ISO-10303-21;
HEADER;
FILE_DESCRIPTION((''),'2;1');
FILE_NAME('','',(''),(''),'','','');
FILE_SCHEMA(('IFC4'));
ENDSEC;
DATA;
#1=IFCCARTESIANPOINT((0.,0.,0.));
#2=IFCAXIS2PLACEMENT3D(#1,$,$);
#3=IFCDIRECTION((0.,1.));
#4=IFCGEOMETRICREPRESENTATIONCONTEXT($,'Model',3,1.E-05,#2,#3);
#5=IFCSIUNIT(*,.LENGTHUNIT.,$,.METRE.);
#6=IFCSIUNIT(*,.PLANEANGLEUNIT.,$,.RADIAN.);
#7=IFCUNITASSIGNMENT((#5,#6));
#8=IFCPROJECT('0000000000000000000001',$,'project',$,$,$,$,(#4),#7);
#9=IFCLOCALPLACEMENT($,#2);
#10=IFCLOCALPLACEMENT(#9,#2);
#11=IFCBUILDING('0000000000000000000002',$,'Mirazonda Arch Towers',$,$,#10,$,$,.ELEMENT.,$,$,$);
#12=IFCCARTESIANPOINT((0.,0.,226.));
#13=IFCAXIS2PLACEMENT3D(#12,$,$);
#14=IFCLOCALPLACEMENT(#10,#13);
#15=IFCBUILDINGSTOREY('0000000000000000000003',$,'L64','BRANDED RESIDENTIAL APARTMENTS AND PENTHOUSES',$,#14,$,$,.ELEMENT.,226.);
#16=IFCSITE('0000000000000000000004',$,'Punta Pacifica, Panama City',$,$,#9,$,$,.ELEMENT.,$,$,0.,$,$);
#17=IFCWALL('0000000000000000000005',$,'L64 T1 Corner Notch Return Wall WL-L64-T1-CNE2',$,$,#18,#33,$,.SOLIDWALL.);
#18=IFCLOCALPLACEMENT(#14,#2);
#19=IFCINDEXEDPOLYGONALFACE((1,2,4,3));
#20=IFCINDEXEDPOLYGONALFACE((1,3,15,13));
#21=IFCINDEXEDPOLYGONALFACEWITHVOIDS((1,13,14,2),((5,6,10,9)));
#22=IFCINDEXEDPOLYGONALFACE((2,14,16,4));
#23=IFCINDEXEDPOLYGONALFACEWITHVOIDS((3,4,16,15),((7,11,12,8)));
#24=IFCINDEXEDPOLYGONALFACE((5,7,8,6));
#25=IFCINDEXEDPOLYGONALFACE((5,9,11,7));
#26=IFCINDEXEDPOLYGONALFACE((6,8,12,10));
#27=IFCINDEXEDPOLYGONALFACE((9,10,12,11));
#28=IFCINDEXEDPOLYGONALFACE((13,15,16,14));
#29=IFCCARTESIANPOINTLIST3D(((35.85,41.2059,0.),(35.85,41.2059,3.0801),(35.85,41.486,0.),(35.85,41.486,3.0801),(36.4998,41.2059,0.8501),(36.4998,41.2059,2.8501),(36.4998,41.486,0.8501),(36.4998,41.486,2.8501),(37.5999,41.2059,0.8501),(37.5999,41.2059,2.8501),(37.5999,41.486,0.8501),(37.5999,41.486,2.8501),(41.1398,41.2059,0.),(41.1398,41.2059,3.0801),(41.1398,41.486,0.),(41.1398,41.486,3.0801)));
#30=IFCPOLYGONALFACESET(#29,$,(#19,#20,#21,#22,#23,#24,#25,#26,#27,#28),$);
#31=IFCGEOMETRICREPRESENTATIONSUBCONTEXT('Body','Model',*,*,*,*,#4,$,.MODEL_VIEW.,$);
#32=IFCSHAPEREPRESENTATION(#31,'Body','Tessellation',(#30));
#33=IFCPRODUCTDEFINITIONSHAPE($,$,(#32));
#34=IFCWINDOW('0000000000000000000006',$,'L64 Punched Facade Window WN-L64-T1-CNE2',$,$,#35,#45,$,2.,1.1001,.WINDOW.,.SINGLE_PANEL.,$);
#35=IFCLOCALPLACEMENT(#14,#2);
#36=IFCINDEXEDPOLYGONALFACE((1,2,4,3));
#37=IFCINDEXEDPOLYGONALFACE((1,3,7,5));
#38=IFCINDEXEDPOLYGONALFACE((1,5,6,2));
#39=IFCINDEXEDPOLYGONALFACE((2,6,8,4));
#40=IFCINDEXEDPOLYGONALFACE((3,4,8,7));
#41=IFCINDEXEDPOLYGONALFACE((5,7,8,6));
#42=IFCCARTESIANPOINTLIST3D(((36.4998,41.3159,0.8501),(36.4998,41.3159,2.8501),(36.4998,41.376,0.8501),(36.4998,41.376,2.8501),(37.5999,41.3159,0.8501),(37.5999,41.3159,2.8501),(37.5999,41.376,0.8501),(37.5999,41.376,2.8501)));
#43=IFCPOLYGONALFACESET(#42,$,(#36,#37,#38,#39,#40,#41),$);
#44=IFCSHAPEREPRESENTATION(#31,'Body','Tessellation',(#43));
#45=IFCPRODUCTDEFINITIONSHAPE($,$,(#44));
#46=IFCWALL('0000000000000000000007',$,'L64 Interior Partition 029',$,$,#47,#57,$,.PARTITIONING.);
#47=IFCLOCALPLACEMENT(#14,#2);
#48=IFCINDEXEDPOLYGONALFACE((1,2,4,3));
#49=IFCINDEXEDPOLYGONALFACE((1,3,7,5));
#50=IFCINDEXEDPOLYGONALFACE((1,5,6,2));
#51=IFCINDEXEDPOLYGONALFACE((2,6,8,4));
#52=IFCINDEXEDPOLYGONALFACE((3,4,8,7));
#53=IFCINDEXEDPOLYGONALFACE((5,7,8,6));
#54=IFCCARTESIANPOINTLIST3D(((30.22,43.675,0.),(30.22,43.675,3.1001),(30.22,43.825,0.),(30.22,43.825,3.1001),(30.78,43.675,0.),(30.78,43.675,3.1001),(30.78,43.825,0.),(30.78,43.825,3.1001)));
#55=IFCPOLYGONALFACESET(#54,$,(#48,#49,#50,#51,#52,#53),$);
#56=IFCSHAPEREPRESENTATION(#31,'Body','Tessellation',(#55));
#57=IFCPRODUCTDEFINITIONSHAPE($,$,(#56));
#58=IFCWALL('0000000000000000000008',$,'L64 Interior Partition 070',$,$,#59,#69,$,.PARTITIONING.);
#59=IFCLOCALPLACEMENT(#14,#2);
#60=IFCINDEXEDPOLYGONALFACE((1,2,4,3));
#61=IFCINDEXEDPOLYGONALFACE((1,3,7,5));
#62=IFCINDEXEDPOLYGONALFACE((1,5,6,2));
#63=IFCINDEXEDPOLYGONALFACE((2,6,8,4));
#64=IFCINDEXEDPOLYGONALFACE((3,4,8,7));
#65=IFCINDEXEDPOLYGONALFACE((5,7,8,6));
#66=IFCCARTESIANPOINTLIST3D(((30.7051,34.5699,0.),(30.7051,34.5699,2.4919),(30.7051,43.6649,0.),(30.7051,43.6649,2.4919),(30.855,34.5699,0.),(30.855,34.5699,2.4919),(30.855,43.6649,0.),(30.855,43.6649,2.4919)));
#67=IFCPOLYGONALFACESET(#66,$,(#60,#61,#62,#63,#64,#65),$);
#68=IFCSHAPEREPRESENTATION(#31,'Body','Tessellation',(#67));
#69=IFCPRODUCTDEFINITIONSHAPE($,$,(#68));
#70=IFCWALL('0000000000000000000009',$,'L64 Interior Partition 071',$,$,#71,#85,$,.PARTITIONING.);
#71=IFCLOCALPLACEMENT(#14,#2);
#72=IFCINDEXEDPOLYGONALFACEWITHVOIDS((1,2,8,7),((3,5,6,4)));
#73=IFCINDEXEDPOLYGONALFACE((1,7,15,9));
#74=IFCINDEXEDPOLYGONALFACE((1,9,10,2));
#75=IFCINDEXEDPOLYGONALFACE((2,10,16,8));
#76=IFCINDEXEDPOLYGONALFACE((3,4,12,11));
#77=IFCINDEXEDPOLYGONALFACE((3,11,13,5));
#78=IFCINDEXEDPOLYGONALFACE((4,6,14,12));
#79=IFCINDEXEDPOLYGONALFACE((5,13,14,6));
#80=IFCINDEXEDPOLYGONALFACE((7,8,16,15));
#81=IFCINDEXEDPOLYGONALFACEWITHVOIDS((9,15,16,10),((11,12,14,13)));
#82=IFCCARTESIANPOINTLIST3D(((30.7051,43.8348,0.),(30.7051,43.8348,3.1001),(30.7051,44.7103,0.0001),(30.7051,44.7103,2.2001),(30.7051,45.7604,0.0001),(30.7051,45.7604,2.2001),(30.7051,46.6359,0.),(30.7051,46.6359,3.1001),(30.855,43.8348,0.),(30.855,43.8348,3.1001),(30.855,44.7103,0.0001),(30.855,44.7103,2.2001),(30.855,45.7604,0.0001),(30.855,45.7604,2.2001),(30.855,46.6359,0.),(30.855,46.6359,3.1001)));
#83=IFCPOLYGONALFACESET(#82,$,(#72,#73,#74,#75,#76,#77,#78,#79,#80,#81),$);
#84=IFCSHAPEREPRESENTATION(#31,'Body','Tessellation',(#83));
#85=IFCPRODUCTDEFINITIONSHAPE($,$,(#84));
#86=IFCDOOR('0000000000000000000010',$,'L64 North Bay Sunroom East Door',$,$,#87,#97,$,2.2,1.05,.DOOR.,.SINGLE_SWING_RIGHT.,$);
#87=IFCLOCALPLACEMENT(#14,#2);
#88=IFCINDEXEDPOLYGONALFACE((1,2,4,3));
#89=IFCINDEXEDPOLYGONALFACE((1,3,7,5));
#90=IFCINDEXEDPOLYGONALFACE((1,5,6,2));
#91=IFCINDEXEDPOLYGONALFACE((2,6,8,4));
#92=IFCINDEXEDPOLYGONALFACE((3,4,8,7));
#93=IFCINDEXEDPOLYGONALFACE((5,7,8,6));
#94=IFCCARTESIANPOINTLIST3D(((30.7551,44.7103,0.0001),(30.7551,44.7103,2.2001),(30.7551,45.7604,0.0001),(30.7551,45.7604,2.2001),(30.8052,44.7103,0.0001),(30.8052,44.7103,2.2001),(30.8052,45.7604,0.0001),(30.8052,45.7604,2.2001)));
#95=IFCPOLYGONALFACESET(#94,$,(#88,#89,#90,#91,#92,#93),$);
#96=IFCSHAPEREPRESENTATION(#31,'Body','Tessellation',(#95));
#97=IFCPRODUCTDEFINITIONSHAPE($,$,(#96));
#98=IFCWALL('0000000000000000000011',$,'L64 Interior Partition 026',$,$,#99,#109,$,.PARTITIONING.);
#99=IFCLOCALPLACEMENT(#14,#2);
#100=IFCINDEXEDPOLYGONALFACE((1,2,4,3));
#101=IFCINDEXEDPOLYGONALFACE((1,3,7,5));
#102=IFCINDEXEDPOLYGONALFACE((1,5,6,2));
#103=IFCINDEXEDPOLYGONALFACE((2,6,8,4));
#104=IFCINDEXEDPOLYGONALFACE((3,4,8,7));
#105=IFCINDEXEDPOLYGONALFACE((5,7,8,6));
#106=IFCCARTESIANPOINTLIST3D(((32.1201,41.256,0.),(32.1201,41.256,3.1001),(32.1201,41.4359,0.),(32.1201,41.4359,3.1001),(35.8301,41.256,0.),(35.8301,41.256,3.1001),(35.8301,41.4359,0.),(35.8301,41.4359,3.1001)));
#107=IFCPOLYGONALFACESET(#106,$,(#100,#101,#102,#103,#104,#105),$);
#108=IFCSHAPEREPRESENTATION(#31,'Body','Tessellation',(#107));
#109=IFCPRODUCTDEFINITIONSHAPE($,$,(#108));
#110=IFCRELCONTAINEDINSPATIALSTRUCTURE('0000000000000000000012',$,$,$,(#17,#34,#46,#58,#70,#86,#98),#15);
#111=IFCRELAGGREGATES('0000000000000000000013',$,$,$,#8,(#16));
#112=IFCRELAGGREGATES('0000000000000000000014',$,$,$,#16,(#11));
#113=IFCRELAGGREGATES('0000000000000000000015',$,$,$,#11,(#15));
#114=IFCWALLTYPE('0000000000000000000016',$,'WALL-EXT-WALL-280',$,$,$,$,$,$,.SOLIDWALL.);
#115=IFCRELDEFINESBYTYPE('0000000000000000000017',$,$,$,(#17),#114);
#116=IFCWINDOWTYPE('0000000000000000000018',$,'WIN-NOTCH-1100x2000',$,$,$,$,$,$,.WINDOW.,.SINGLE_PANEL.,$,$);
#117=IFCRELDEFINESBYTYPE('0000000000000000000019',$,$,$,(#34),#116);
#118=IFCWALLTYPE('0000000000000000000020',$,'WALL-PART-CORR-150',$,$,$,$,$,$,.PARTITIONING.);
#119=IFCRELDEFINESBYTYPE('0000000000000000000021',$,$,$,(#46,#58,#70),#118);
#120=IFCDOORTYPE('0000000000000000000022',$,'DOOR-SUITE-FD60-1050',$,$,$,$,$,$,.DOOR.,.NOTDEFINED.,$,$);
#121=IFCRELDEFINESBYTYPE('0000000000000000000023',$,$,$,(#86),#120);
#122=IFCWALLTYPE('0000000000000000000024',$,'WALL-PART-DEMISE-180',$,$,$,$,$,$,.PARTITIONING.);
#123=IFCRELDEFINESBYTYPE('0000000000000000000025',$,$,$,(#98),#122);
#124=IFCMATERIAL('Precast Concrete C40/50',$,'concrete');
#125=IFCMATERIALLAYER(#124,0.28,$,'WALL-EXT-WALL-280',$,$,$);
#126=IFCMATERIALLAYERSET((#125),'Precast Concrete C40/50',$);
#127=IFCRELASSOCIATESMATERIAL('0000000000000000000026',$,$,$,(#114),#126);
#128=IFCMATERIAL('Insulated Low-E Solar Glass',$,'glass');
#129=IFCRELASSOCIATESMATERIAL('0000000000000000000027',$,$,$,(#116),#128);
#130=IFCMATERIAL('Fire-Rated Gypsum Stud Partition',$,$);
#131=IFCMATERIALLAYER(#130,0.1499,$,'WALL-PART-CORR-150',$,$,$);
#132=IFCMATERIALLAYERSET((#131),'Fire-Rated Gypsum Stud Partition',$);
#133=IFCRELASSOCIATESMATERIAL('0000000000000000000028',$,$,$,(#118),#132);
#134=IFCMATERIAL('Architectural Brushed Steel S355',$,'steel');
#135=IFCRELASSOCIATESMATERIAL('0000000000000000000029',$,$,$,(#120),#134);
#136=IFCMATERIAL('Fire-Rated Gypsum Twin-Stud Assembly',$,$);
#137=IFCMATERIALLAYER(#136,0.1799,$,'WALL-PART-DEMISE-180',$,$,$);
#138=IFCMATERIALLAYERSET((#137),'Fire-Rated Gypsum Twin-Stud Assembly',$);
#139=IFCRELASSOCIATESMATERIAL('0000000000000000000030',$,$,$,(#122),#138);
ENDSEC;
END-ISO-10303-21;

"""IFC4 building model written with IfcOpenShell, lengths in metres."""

from ifc_helpers import new_model, si_unit, direction, frame, frame_2d, origin, place, context, subcontext, project, spatial, rectangle, extrude, material, layer, layer_set, type_object, element, fill, save


model = new_model("IFC4")

# Units and contexts
model_context = context("Model", 3, precision=1e-05, world=origin(), true_north=direction((0.0, 1.0)))
body_context = subcontext(model_context, "Body", "Model", "MODEL_VIEW")
ifc_project = project(units=[si_unit("LENGTHUNIT", "METRE"), si_unit("PLANEANGLEUNIT", "RADIAN")], contexts=[model_context])

# Site, building, storey
site_placement = place(None, origin())
site = spatial("IfcSite", under=ifc_project, at=site_placement, Name="Punta Pacifica, Panama City", CompositionType="ELEMENT", RefElevation=0.0)
building_placement = place(site_placement, origin())
building = spatial("IfcBuilding", under=site, at=building_placement, Name="Mirazonda Arch Towers", CompositionType="ELEMENT")
storey_placement = place(building_placement, frame((0.0, 0.0, 226.0)))
storey = spatial("IfcBuildingStorey", under=building, at=storey_placement, Name="L64", Description="BRANDED RESIDENTIAL APARTMENTS AND PENTHOUSES", CompositionType="ELEMENT", Elevation=226.0)

# Shared definitions
ifc_material_1 = material(Name="Insulated Low-E Solar Glass", Category="glass")

# Wall, opening, window
ifc_material_2 = material(Name="Precast Concrete C40/50", Category="concrete")
ifc_layer_1 = layer(ifc_material_2, 0.28, Name="WALL-EXT-WALL-280")
ifc_layer_set_1 = layer_set([ifc_layer_1], Name="Precast Concrete C40/50")
wall_type_1 = type_object("IfcWallType", Name="WALL-EXT-WALL-280", PredefinedType="SOLIDWALL", material=ifc_layer_set_1)
window_type = type_object("IfcWindowType", Name="WIN-NOTCH-1100x2000", PartitioningType="SINGLE_PANEL", PredefinedType="WINDOW", material=ifc_material_1)
wall_1_placement = place(storey_placement, frame((41.1399, 41.3459, 0.0), z_axis=(0.0, 0.0, 1.0), x_axis=(-1.0, 0.0, 0.0)))
wall_1 = element("IfcWall", 1, at=wall_1_placement, inside=storey, type_object=wall_type_1, Name="L64 T1 Corner Notch Return Wall WL-L64-T1-CNE2", PredefinedType="SOLIDWALL", context=body_context, shape_type="SweptSolid", body=[
    extrude(rectangle(XDim=5.2898, YDim=0.28, at=frame_2d((2.645, 0.0))), origin(), (0.0, 0.0, 1.0), 3.0801),
])
opening_1_placement = place(wall_1_placement, frame((3.54, 0.0, 0.8501)))
opening_1 = element("IfcOpeningElement", 2, at=opening_1_placement, cuts=wall_1, PredefinedType="OPENING", context=body_context, shape_type="SweptSolid", body=[
    extrude(rectangle(XDim=1.1001, YDim=2.0, at=frame_2d((0.55, 1.0))), frame((0.0, 0.1499, 0.0), z_axis=(0.0, -1.0, 0.0), x_axis=(1.0, 0.0, 0.0)), (0.0, 0.0, 1.0), 0.3),
])
window_1_placement = place(opening_1_placement, origin())
window_1 = element("IfcWindow", 3, at=window_1_placement, inside=storey, type_object=window_type, Name="L64 Punched Facade Window WN-L64-T1-CNE2", OverallHeight=2.0, OverallWidth=1.1001, PartitioningType="SINGLE_PANEL", PredefinedType="WINDOW", context=body_context, shape_type="SweptSolid", body=[
    extrude(rectangle(XDim=1.1001, YDim=2.0, at=frame_2d((0.55, 1.0))), frame((0.0, 0.03, 0.0), z_axis=(0.0, -1.0, 0.0), x_axis=(1.0, 0.0, 0.0)), (0.0, 0.0, 1.0), 0.0601),
])
fill(opening_1, window_1)

# Walls
ifc_material_3 = material(Name="Fire-Rated Gypsum Stud Partition")
ifc_layer_2 = layer(ifc_material_3, 0.1499, Name="WALL-PART-CORR-150")
ifc_layer_set_2 = layer_set([ifc_layer_2], Name="Fire-Rated Gypsum Stud Partition")
wall_type_2 = type_object("IfcWallType", Name="WALL-PART-CORR-150", PredefinedType="PARTITIONING", material=ifc_layer_set_2)
wall_2_placement = place(storey_placement, frame((30.22, 43.75, 0.0), z_axis=(0.0, 0.0, 1.0), x_axis=(1.0, 0.0, 0.0)))
element("IfcWall", 4, at=wall_2_placement, inside=storey, type_object=wall_type_2, Name="L64 Interior Partition 029", PredefinedType="PARTITIONING", context=body_context, shape_type="SweptSolid", body=[
    extrude(rectangle(XDim=0.5601, YDim=0.1499, at=frame_2d((0.28, 0.0))), origin(), (0.0, 0.0, 1.0), 3.1001),
])
wall_3_placement = place(storey_placement, frame((30.78, 34.5701, 0.0), z_axis=(0.0, 0.0, 1.0), x_axis=(0.0, 1.0, 0.0)))
element("IfcWall", 5, at=wall_3_placement, inside=storey, type_object=wall_type_2, Name="L64 Interior Partition 070", PredefinedType="PARTITIONING", context=body_context, shape_type="SweptSolid", body=[
    extrude(rectangle(XDim=9.095, YDim=0.1499, at=frame_2d((4.5474, 0.0))), origin(), (0.0, 0.0, 1.0), 2.4919),
])

# Wall, opening, door
wall_4_placement = place(storey_placement, frame((30.78, 43.835, 0.0), z_axis=(0.0, 0.0, 1.0), x_axis=(0.0, 1.0, 0.0)))
wall_4 = element("IfcWall", 6, at=wall_4_placement, inside=storey, type_object=wall_type_2, Name="L64 Interior Partition 071", PredefinedType="PARTITIONING", context=body_context, shape_type="SweptSolid", body=[
    extrude(rectangle(XDim=2.801, YDim=0.1499, at=frame_2d((1.4004, 0.0))), origin(), (0.0, 0.0, 1.0), 3.1001),
])
opening_2_placement = place(wall_4_placement, frame((0.8755, 0.0, 0.0)))
opening_2 = element("IfcOpeningElement", 7, at=opening_2_placement, cuts=wall_4, PredefinedType="OPENING", context=body_context, shape_type="SweptSolid", body=[
    extrude(rectangle(XDim=1.05, YDim=2.2, at=frame_2d((0.5249, 1.1001))), frame((0.0, 0.085, 0.0), z_axis=(0.0, -1.0, 0.0), x_axis=(1.0, 0.0, 0.0)), (0.0, 0.0, 1.0), 0.1699),
])
ifc_material_4 = material(Name="Architectural Brushed Steel S355", Category="steel")
door_type_1 = type_object("IfcDoorType", Name="DOOR-SUITE-FD60-1050", OperationType="NOTDEFINED", PredefinedType="DOOR", material=ifc_material_4)
door_1_placement = place(opening_2_placement, origin())
door_1 = element("IfcDoor", 8, at=door_1_placement, inside=storey, type_object=door_type_1, Name="L64 North Bay Sunroom East Door", OperationType="SINGLE_SWING_RIGHT", OverallHeight=2.2, OverallWidth=1.05, PredefinedType="DOOR", context=body_context, shape_type="SweptSolid", body=[
    extrude(rectangle(XDim=1.05, YDim=2.2, at=frame_2d((0.5249, 1.1001))), frame((0.0, 0.0249, 0.0), z_axis=(0.0, -1.0, 0.0), x_axis=(1.0, 0.0, 0.0)), (0.0, 0.0, 1.0), 0.05),
])
fill(opening_2, door_1)

# Wall
ifc_material_5 = material(Name="Fire-Rated Gypsum Twin-Stud Assembly")
ifc_layer_3 = layer(ifc_material_5, 0.1799, Name="WALL-PART-DEMISE-180")
ifc_layer_set_3 = layer_set([ifc_layer_3], Name="Fire-Rated Gypsum Twin-Stud Assembly")
wall_type_3 = type_object("IfcWallType", Name="WALL-PART-DEMISE-180", PredefinedType="PARTITIONING", material=ifc_layer_set_3)
wall_5_placement = place(storey_placement, frame((32.1201, 41.3459, 0.0), z_axis=(0.0, 0.0, 1.0), x_axis=(1.0, 0.0, 0.0)))
element("IfcWall", 9, at=wall_5_placement, inside=storey, type_object=wall_type_3, Name="L64 Interior Partition 026", PredefinedType="PARTITIONING", context=body_context, shape_type="SweptSolid", body=[
    extrude(rectangle(XDim=3.71, YDim=0.1799, at=frame_2d((1.855, 0.0))), origin(), (0.0, 0.0, 1.0), 3.1001),
])

save(model, "model.ifc")
